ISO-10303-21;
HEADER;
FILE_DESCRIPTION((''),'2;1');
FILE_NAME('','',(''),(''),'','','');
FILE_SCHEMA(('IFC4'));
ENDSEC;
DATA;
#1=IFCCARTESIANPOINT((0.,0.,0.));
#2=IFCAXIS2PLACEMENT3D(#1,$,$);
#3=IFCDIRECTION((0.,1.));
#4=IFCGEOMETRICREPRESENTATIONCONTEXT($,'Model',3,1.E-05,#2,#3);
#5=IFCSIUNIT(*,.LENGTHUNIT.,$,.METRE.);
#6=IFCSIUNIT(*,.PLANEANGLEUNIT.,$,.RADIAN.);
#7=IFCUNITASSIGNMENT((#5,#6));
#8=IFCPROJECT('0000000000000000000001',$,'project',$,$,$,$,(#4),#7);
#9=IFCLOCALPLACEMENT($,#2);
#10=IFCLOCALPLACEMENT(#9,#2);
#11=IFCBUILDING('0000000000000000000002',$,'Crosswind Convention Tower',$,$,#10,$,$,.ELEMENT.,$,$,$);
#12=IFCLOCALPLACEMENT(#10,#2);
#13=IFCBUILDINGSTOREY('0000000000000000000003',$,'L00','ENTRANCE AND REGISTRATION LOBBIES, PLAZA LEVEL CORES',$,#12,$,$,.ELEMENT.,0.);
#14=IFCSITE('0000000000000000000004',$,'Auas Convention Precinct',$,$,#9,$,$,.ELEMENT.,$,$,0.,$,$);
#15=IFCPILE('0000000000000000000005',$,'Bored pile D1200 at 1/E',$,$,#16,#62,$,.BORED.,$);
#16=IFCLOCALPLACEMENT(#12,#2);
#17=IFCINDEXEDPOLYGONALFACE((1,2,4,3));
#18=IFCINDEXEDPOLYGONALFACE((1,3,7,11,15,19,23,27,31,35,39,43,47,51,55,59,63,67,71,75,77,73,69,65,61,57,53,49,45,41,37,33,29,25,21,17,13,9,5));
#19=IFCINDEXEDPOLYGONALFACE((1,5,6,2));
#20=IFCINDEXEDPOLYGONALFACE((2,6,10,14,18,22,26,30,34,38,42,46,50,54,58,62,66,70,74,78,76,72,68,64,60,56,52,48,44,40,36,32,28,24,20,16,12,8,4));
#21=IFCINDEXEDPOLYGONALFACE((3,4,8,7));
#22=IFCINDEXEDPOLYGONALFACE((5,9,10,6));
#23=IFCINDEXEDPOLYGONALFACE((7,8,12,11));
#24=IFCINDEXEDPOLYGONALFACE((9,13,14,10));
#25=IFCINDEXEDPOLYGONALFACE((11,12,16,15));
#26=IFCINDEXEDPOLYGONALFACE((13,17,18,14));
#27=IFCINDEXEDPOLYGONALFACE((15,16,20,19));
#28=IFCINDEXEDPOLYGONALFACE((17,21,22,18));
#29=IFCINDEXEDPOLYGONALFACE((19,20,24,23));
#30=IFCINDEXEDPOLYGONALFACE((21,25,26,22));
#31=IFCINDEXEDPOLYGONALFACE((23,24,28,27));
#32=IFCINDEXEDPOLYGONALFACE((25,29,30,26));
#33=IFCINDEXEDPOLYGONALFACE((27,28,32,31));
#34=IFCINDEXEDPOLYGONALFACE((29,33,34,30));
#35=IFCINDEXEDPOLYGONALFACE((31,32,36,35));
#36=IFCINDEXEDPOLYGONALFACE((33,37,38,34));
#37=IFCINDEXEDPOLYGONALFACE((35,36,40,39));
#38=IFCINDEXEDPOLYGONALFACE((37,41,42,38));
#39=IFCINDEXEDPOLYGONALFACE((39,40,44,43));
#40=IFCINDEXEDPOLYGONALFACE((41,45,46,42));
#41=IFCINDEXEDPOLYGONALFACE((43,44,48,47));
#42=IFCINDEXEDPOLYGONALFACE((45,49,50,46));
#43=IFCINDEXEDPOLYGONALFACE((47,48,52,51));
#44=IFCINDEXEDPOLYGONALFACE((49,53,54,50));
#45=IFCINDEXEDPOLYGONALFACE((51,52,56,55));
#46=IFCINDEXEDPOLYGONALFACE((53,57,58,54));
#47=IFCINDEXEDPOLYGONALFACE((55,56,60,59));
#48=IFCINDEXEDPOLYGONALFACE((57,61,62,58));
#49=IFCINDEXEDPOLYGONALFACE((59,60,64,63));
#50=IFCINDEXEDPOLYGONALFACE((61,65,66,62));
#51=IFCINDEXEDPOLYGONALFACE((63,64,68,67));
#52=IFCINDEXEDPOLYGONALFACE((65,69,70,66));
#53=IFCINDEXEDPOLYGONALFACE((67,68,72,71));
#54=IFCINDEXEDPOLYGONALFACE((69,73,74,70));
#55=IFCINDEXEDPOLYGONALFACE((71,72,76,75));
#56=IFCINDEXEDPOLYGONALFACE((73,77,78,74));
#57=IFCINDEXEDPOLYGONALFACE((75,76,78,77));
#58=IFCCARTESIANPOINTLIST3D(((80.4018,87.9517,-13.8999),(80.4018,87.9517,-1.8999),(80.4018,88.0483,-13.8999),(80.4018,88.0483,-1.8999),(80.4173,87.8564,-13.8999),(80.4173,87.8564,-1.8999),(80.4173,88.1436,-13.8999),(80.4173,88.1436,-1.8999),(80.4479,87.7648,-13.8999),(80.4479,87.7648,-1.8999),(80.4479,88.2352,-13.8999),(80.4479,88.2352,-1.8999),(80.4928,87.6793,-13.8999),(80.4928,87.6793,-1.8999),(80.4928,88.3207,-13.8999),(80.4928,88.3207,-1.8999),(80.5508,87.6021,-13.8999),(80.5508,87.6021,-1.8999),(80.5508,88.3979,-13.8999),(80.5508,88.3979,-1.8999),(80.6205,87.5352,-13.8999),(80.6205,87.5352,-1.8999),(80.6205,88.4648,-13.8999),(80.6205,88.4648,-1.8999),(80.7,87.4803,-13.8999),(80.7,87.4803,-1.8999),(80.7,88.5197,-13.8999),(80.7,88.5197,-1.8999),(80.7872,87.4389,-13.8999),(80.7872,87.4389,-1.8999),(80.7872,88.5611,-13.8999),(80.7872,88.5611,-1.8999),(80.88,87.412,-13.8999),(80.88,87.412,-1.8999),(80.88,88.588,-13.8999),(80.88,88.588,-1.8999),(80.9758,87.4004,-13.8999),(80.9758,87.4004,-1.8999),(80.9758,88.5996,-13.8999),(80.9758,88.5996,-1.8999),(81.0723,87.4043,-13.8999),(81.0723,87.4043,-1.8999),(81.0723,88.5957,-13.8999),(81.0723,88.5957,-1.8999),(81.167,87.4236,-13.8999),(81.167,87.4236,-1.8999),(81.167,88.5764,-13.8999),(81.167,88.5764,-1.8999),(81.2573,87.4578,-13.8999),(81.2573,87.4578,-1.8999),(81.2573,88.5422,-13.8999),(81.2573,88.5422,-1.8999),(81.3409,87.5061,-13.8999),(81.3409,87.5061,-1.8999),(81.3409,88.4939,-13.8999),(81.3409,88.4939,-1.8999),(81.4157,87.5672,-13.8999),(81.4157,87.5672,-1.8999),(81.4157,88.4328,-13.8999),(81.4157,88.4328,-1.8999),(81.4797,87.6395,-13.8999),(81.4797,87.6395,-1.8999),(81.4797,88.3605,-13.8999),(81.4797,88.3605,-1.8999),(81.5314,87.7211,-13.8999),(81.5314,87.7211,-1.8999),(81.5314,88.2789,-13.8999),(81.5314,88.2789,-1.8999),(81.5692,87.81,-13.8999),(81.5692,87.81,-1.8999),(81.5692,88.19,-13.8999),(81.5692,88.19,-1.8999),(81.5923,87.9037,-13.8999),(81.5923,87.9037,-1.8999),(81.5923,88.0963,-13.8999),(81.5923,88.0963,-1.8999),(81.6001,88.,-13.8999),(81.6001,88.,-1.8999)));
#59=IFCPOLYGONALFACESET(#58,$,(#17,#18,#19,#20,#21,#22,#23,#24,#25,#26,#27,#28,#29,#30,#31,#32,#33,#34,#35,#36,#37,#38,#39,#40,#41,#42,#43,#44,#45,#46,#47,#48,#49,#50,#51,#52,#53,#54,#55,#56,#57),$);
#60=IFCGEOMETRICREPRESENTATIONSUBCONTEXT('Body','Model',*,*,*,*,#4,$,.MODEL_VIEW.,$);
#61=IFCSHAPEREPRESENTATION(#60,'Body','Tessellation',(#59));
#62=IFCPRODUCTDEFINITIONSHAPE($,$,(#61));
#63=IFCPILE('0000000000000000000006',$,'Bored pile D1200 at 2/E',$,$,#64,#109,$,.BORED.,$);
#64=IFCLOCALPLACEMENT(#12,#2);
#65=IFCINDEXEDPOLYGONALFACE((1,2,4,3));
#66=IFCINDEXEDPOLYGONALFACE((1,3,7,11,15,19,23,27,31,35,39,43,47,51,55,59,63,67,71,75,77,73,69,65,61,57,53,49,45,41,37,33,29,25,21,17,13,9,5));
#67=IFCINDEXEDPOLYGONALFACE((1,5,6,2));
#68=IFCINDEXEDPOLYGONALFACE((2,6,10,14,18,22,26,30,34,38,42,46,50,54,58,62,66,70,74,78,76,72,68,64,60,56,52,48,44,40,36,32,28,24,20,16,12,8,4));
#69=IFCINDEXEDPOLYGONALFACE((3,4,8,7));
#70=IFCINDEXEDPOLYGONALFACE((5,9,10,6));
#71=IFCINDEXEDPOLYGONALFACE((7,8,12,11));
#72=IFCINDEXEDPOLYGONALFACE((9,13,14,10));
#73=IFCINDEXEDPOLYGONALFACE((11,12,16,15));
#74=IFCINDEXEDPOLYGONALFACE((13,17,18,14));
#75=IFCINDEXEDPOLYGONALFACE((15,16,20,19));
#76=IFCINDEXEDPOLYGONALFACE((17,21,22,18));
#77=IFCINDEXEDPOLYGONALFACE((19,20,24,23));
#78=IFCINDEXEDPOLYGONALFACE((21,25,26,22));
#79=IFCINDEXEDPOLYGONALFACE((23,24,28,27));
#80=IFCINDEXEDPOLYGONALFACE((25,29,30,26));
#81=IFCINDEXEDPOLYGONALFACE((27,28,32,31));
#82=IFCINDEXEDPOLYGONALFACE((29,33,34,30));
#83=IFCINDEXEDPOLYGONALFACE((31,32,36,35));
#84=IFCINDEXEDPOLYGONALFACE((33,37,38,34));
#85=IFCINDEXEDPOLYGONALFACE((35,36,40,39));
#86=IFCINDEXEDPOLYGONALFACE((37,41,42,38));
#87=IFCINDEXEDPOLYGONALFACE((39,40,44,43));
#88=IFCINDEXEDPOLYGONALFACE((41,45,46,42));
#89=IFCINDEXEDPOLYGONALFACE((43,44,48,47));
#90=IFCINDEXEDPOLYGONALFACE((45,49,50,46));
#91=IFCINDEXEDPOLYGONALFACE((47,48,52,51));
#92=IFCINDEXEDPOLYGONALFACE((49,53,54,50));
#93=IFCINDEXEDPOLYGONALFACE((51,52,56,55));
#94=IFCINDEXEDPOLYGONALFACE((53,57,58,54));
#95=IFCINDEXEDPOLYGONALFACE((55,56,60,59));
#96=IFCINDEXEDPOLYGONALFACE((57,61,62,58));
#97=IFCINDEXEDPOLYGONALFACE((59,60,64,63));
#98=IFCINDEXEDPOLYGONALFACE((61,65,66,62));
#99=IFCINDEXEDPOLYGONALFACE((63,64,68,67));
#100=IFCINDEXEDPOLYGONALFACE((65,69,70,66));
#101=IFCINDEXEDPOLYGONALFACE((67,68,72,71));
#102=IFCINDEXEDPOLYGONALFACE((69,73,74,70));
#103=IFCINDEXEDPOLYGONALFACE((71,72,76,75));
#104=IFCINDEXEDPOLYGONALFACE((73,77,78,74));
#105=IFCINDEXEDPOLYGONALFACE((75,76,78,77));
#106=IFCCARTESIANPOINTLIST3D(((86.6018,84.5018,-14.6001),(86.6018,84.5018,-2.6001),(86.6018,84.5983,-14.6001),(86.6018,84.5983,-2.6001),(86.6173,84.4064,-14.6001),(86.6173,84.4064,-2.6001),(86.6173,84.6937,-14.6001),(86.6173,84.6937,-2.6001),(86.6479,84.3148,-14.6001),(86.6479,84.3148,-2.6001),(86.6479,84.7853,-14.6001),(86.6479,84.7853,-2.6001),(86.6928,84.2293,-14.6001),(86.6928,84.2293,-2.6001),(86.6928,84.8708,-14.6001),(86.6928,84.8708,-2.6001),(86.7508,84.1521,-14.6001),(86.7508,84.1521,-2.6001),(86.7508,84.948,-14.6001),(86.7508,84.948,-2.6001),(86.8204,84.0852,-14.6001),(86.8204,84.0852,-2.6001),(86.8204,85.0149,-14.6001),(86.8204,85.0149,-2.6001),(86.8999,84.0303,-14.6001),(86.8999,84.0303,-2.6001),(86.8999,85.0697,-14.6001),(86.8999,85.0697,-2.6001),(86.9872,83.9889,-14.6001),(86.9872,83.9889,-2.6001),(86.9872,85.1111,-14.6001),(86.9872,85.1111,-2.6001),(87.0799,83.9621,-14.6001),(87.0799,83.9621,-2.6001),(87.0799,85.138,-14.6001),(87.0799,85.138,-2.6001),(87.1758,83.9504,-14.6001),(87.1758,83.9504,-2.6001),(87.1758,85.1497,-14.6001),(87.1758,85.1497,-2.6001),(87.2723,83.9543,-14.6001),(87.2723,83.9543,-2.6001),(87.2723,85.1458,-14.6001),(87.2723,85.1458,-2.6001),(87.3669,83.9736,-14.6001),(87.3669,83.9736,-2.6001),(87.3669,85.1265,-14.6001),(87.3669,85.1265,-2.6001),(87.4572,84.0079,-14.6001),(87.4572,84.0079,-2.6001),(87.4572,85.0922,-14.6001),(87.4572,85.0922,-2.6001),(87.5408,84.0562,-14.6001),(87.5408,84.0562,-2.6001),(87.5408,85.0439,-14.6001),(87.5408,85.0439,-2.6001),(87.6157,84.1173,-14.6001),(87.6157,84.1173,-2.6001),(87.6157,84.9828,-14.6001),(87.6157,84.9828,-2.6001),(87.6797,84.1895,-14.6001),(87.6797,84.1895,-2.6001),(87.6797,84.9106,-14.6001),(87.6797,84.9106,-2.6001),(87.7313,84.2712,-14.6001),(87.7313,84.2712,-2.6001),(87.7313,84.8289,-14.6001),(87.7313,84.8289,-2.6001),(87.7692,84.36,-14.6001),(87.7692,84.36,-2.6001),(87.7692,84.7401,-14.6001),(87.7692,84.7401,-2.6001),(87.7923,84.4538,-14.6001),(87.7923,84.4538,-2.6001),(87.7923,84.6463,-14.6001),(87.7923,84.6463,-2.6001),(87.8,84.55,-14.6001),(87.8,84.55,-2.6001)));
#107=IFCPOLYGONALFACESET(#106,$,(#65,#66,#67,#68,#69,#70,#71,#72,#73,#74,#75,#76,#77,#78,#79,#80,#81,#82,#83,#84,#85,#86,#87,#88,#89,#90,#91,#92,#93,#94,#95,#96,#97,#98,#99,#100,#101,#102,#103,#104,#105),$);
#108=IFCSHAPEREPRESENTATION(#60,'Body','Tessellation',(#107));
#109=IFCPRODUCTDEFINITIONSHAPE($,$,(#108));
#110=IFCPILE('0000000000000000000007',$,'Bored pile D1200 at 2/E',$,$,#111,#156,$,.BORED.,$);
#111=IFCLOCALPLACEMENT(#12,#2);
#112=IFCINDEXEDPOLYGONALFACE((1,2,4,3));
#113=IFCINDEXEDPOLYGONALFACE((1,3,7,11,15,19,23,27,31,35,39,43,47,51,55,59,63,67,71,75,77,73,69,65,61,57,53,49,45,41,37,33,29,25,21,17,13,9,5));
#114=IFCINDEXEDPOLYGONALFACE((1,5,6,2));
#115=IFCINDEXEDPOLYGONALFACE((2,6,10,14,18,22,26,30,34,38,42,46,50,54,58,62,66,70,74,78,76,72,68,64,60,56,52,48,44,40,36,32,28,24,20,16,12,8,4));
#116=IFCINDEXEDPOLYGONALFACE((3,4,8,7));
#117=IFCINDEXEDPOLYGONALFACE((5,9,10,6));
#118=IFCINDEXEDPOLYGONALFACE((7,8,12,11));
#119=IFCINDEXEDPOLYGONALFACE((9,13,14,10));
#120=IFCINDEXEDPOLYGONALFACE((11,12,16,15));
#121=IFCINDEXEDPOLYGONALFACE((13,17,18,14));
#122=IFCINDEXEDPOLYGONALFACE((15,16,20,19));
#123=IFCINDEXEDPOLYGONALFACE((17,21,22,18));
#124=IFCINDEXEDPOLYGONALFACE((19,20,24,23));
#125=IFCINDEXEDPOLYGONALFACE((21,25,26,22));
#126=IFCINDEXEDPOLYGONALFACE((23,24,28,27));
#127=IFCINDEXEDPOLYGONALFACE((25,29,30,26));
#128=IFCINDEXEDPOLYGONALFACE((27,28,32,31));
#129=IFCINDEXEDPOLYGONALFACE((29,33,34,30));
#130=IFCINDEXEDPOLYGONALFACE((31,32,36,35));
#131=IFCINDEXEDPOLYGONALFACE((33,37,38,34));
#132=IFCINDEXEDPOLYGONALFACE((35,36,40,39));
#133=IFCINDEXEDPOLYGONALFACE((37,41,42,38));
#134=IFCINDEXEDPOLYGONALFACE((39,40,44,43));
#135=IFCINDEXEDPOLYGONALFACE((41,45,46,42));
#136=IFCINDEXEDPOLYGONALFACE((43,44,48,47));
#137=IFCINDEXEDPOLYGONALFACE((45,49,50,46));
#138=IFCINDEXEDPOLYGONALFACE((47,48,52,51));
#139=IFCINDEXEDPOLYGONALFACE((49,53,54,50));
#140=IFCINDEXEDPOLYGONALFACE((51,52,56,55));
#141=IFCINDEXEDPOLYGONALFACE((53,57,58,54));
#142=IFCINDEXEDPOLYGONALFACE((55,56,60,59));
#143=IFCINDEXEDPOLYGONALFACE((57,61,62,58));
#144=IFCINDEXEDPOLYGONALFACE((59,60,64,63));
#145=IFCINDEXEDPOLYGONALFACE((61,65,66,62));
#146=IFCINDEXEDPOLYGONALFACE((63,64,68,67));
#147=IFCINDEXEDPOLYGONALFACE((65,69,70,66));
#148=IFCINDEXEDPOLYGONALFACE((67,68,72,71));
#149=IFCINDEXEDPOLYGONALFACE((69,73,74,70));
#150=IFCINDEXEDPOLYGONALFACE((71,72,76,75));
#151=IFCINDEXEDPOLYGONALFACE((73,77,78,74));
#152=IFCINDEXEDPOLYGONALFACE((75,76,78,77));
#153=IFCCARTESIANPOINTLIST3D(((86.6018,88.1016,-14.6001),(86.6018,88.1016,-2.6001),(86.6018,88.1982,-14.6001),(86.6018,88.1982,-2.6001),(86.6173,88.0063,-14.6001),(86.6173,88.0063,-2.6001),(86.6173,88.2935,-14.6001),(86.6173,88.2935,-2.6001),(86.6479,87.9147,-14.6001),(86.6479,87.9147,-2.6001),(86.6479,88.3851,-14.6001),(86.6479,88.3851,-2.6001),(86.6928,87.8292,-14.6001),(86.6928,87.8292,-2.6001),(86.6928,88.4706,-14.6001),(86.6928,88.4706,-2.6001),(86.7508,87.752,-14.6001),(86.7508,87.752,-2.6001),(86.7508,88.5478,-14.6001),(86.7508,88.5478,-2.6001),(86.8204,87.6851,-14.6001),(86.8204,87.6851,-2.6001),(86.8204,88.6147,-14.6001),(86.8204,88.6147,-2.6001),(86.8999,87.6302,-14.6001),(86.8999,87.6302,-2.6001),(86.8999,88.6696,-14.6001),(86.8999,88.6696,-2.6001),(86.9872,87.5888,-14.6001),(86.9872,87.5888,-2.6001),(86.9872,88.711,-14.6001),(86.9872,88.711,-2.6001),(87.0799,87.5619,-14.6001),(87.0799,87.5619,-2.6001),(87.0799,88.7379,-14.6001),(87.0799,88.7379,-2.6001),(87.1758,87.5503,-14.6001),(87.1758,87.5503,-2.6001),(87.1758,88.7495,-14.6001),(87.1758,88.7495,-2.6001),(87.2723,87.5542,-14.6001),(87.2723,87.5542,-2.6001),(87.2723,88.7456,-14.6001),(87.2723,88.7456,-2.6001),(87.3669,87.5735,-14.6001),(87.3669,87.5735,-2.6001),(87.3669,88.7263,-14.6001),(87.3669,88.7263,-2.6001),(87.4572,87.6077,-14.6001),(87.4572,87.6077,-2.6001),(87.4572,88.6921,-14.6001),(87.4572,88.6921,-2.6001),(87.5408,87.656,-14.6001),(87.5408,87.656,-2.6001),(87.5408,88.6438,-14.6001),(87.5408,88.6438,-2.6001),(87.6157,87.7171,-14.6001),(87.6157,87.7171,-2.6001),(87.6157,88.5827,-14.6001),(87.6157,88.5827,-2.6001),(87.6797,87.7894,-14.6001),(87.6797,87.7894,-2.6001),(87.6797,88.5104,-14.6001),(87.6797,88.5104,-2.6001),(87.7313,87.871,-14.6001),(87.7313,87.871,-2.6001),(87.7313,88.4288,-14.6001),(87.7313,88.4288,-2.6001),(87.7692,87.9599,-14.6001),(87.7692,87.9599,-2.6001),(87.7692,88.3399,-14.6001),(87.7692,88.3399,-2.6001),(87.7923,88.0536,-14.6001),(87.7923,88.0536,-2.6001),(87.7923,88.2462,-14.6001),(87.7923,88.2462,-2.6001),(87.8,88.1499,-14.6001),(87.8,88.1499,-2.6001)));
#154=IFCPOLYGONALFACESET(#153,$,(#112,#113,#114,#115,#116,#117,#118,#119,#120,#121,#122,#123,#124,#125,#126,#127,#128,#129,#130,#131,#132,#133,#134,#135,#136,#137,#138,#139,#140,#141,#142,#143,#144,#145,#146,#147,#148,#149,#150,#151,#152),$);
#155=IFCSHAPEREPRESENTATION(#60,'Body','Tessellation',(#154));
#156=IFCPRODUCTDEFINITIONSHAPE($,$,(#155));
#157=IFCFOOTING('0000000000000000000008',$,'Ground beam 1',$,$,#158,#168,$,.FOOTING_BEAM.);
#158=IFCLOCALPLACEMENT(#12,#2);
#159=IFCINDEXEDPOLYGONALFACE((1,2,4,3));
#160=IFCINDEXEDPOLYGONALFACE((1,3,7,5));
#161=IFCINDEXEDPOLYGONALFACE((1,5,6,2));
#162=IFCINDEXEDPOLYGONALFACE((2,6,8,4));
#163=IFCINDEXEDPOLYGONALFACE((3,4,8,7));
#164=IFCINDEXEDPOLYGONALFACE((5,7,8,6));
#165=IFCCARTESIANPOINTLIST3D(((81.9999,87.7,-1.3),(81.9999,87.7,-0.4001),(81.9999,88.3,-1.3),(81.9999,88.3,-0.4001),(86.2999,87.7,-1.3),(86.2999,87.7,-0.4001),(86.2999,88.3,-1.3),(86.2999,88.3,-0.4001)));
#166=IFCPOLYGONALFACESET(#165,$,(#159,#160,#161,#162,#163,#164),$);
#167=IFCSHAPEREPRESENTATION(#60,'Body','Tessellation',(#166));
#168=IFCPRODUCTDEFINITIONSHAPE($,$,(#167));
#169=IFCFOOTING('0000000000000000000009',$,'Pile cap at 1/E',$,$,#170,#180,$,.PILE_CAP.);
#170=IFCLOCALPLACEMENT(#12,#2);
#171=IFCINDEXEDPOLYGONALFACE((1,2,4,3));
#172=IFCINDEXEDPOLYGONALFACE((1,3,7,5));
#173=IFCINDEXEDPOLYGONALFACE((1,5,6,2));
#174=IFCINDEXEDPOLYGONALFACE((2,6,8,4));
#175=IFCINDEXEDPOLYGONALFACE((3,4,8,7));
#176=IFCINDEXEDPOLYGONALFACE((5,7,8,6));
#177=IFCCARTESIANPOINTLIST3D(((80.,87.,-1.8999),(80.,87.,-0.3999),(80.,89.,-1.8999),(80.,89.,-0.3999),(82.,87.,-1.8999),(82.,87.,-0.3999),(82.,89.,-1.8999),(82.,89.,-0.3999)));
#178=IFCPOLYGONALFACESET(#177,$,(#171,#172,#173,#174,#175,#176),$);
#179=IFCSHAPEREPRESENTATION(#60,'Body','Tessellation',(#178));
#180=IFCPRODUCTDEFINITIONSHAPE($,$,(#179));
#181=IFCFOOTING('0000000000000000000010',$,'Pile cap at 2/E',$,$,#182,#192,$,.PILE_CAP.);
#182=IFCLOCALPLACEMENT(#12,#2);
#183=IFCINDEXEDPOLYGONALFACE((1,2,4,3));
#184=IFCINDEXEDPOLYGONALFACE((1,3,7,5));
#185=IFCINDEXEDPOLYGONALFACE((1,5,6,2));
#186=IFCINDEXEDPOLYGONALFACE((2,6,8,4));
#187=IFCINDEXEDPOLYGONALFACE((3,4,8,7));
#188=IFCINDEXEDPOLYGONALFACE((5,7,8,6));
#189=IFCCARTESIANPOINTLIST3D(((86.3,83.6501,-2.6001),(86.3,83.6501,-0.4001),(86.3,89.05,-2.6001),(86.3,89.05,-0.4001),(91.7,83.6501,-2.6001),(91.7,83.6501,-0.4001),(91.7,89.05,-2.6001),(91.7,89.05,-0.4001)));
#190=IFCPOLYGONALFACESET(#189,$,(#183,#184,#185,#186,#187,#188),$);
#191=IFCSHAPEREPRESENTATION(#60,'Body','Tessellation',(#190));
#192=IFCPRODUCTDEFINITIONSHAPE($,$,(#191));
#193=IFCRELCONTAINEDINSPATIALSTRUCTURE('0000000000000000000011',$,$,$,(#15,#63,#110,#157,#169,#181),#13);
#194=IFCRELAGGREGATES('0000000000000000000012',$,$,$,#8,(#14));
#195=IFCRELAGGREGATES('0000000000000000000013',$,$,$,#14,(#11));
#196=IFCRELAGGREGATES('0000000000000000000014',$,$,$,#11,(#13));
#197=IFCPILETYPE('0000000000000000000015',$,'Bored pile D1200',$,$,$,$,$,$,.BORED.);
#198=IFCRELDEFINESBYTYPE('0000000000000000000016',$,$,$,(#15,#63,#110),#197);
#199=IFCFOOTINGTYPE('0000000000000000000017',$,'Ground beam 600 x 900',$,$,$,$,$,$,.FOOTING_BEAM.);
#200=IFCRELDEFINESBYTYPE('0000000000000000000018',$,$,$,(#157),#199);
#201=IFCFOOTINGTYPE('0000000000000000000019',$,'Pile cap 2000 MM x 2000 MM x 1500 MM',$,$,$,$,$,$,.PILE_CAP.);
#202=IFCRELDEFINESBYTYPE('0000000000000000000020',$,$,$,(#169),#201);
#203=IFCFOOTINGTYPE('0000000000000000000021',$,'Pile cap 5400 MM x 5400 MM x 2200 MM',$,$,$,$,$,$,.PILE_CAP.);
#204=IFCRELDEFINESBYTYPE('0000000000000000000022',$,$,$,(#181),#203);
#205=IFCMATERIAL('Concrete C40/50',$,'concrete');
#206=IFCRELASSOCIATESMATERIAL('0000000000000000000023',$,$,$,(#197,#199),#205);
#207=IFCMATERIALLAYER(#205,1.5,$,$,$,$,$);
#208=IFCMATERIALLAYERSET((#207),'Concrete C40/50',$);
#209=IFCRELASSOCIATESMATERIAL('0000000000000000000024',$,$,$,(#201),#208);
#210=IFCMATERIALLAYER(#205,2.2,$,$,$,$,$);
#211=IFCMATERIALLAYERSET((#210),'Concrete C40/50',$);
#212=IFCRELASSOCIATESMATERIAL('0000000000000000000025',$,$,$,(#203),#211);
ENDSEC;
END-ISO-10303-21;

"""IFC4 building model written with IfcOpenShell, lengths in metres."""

from ifc_helpers import new_model, si_unit, direction, frame, origin, origin_2d, place, context, subcontext, project, spatial, rectangle, circle, extrude, material, layer, layer_set, material_profile, profile_set, type_object, element, save


model = new_model("IFC4")

# Units and contexts
model_context = context("Model", 3, precision=1e-05, world=origin(), true_north=direction((0.0, 1.0)))
body_context = subcontext(model_context, "Body", "Model", "MODEL_VIEW")
ifc_project = project(units=[si_unit("LENGTHUNIT", "METRE"), si_unit("PLANEANGLEUNIT", "RADIAN")], contexts=[model_context])

# Site, building, storey
site_placement = place(None, origin())
site = spatial("IfcSite", under=ifc_project, at=site_placement, Name="Auas Convention Precinct", CompositionType="ELEMENT", RefElevation=0.0)
building_placement = place(site_placement, origin())
building = spatial("IfcBuilding", under=site, at=building_placement, Name="Crosswind Convention Tower", CompositionType="ELEMENT")
storey_placement = place(building_placement, origin())
storey = spatial("IfcBuildingStorey", under=building, at=storey_placement, Name="L00", Description="ENTRANCE AND REGISTRATION LOBBIES, PLAZA LEVEL CORES", CompositionType="ELEMENT", Elevation=0.0)

# Piles
ifc_material_1 = material(Name="Concrete C40/50", Category="concrete")
ifc_material_profile_1 = material_profile(ifc_material_1, circle(Radius=0.6001, at=origin_2d()), Name="Bored pile D1200")
ifc_profile_set_1 = profile_set([ifc_material_profile_1], Name="Concrete C40/50")
pile_type = type_object("IfcPileType", Name="Bored pile D1200", PredefinedType="BORED", material=ifc_profile_set_1)
for number, where, z_axis, x_axis, name in (
    (1, (81.0, 88.0, -1.8999), (0.0, 0.0, -1.0), (1.0, 0.0, 0.0), "Bored pile D1200 at 1/E"),
    (2, (87.2, 84.55, -2.6001), (0.0, 0.0, -1.0), (1.0, 0.0, 0.0), "Bored pile D1200 at 2/E"),
    (3, (87.2, 88.1499, -2.6001), (0.0, 0.0, -1.0), (1.0, 0.0, 0.0), "Bored pile D1200 at 2/E"),
):
    element("IfcPile", number, at=place(storey_placement, frame(where, z_axis=z_axis, x_axis=x_axis)), inside=storey, type_object=pile_type, Name=name, PredefinedType="BORED", context=body_context, shape_type="SweptSolid", body=[
        extrude(circle(Radius=0.6001, at=origin_2d()), origin(), (0.0, 0.0, 1.0), 12.0),
    ])

# Footings
footing_type_1 = type_object("IfcFootingType", Name="Ground beam 600 x 900", PredefinedType="FOOTING_BEAM", material=ifc_material_1)
footing_1_placement = place(storey_placement, frame((84.1499, 88.0, -1.3), z_axis=(0.0, 0.0, 1.0), x_axis=(1.0, 0.0, 0.0)))
element("IfcFooting", 4, at=footing_1_placement, inside=storey, type_object=footing_type_1, Name="Ground beam 1", PredefinedType="FOOTING_BEAM", context=body_context, shape_type="SweptSolid", body=[
    extrude(rectangle(XDim=4.3, YDim=0.6001, at=origin_2d()), origin(), (0.0, 0.0, 1.0), 0.8999),
])
ifc_layer_1 = layer(ifc_material_1, 1.5)
ifc_layer_set_1 = layer_set([ifc_layer_1], Name="Concrete C40/50")
footing_type_2 = type_object("IfcFootingType", Name="Pile cap 2000 MM x 2000 MM x 1500 MM", PredefinedType="PILE_CAP", material=ifc_layer_set_1)
footing_2_placement = place(storey_placement, frame((81.0, 88.0, -1.8999), z_axis=(0.0, 0.0, 1.0), x_axis=(1.0, 0.0, 0.0)))
element("IfcFooting", 5, at=footing_2_placement, inside=storey, type_object=footing_type_2, Name="Pile cap at 1/E", PredefinedType="PILE_CAP", context=body_context, shape_type="SweptSolid", body=[
    extrude(rectangle(XDim=2.0, YDim=2.0, at=origin_2d()), origin(), (0.0, 0.0, 1.0), 1.5),
])
ifc_layer_2 = layer(ifc_material_1, 2.2)
ifc_layer_set_2 = layer_set([ifc_layer_2], Name="Concrete C40/50")
footing_type_3 = type_object("IfcFootingType", Name="Pile cap 5400 MM x 5400 MM x 2200 MM", PredefinedType="PILE_CAP", material=ifc_layer_set_2)
footing_3_placement = place(storey_placement, frame((89.0, 86.3501, -2.6001), z_axis=(0.0, 0.0, 1.0), x_axis=(1.0, 0.0, 0.0)))
element("IfcFooting", 6, at=footing_3_placement, inside=storey, type_object=footing_type_3, Name="Pile cap at 2/E", PredefinedType="PILE_CAP", context=body_context, shape_type="SweptSolid", body=[
    extrude(rectangle(XDim=5.3999, YDim=5.3999, at=origin_2d()), origin(), (0.0, 0.0, 1.0), 2.2),
])

save(model, "model.ifc")
